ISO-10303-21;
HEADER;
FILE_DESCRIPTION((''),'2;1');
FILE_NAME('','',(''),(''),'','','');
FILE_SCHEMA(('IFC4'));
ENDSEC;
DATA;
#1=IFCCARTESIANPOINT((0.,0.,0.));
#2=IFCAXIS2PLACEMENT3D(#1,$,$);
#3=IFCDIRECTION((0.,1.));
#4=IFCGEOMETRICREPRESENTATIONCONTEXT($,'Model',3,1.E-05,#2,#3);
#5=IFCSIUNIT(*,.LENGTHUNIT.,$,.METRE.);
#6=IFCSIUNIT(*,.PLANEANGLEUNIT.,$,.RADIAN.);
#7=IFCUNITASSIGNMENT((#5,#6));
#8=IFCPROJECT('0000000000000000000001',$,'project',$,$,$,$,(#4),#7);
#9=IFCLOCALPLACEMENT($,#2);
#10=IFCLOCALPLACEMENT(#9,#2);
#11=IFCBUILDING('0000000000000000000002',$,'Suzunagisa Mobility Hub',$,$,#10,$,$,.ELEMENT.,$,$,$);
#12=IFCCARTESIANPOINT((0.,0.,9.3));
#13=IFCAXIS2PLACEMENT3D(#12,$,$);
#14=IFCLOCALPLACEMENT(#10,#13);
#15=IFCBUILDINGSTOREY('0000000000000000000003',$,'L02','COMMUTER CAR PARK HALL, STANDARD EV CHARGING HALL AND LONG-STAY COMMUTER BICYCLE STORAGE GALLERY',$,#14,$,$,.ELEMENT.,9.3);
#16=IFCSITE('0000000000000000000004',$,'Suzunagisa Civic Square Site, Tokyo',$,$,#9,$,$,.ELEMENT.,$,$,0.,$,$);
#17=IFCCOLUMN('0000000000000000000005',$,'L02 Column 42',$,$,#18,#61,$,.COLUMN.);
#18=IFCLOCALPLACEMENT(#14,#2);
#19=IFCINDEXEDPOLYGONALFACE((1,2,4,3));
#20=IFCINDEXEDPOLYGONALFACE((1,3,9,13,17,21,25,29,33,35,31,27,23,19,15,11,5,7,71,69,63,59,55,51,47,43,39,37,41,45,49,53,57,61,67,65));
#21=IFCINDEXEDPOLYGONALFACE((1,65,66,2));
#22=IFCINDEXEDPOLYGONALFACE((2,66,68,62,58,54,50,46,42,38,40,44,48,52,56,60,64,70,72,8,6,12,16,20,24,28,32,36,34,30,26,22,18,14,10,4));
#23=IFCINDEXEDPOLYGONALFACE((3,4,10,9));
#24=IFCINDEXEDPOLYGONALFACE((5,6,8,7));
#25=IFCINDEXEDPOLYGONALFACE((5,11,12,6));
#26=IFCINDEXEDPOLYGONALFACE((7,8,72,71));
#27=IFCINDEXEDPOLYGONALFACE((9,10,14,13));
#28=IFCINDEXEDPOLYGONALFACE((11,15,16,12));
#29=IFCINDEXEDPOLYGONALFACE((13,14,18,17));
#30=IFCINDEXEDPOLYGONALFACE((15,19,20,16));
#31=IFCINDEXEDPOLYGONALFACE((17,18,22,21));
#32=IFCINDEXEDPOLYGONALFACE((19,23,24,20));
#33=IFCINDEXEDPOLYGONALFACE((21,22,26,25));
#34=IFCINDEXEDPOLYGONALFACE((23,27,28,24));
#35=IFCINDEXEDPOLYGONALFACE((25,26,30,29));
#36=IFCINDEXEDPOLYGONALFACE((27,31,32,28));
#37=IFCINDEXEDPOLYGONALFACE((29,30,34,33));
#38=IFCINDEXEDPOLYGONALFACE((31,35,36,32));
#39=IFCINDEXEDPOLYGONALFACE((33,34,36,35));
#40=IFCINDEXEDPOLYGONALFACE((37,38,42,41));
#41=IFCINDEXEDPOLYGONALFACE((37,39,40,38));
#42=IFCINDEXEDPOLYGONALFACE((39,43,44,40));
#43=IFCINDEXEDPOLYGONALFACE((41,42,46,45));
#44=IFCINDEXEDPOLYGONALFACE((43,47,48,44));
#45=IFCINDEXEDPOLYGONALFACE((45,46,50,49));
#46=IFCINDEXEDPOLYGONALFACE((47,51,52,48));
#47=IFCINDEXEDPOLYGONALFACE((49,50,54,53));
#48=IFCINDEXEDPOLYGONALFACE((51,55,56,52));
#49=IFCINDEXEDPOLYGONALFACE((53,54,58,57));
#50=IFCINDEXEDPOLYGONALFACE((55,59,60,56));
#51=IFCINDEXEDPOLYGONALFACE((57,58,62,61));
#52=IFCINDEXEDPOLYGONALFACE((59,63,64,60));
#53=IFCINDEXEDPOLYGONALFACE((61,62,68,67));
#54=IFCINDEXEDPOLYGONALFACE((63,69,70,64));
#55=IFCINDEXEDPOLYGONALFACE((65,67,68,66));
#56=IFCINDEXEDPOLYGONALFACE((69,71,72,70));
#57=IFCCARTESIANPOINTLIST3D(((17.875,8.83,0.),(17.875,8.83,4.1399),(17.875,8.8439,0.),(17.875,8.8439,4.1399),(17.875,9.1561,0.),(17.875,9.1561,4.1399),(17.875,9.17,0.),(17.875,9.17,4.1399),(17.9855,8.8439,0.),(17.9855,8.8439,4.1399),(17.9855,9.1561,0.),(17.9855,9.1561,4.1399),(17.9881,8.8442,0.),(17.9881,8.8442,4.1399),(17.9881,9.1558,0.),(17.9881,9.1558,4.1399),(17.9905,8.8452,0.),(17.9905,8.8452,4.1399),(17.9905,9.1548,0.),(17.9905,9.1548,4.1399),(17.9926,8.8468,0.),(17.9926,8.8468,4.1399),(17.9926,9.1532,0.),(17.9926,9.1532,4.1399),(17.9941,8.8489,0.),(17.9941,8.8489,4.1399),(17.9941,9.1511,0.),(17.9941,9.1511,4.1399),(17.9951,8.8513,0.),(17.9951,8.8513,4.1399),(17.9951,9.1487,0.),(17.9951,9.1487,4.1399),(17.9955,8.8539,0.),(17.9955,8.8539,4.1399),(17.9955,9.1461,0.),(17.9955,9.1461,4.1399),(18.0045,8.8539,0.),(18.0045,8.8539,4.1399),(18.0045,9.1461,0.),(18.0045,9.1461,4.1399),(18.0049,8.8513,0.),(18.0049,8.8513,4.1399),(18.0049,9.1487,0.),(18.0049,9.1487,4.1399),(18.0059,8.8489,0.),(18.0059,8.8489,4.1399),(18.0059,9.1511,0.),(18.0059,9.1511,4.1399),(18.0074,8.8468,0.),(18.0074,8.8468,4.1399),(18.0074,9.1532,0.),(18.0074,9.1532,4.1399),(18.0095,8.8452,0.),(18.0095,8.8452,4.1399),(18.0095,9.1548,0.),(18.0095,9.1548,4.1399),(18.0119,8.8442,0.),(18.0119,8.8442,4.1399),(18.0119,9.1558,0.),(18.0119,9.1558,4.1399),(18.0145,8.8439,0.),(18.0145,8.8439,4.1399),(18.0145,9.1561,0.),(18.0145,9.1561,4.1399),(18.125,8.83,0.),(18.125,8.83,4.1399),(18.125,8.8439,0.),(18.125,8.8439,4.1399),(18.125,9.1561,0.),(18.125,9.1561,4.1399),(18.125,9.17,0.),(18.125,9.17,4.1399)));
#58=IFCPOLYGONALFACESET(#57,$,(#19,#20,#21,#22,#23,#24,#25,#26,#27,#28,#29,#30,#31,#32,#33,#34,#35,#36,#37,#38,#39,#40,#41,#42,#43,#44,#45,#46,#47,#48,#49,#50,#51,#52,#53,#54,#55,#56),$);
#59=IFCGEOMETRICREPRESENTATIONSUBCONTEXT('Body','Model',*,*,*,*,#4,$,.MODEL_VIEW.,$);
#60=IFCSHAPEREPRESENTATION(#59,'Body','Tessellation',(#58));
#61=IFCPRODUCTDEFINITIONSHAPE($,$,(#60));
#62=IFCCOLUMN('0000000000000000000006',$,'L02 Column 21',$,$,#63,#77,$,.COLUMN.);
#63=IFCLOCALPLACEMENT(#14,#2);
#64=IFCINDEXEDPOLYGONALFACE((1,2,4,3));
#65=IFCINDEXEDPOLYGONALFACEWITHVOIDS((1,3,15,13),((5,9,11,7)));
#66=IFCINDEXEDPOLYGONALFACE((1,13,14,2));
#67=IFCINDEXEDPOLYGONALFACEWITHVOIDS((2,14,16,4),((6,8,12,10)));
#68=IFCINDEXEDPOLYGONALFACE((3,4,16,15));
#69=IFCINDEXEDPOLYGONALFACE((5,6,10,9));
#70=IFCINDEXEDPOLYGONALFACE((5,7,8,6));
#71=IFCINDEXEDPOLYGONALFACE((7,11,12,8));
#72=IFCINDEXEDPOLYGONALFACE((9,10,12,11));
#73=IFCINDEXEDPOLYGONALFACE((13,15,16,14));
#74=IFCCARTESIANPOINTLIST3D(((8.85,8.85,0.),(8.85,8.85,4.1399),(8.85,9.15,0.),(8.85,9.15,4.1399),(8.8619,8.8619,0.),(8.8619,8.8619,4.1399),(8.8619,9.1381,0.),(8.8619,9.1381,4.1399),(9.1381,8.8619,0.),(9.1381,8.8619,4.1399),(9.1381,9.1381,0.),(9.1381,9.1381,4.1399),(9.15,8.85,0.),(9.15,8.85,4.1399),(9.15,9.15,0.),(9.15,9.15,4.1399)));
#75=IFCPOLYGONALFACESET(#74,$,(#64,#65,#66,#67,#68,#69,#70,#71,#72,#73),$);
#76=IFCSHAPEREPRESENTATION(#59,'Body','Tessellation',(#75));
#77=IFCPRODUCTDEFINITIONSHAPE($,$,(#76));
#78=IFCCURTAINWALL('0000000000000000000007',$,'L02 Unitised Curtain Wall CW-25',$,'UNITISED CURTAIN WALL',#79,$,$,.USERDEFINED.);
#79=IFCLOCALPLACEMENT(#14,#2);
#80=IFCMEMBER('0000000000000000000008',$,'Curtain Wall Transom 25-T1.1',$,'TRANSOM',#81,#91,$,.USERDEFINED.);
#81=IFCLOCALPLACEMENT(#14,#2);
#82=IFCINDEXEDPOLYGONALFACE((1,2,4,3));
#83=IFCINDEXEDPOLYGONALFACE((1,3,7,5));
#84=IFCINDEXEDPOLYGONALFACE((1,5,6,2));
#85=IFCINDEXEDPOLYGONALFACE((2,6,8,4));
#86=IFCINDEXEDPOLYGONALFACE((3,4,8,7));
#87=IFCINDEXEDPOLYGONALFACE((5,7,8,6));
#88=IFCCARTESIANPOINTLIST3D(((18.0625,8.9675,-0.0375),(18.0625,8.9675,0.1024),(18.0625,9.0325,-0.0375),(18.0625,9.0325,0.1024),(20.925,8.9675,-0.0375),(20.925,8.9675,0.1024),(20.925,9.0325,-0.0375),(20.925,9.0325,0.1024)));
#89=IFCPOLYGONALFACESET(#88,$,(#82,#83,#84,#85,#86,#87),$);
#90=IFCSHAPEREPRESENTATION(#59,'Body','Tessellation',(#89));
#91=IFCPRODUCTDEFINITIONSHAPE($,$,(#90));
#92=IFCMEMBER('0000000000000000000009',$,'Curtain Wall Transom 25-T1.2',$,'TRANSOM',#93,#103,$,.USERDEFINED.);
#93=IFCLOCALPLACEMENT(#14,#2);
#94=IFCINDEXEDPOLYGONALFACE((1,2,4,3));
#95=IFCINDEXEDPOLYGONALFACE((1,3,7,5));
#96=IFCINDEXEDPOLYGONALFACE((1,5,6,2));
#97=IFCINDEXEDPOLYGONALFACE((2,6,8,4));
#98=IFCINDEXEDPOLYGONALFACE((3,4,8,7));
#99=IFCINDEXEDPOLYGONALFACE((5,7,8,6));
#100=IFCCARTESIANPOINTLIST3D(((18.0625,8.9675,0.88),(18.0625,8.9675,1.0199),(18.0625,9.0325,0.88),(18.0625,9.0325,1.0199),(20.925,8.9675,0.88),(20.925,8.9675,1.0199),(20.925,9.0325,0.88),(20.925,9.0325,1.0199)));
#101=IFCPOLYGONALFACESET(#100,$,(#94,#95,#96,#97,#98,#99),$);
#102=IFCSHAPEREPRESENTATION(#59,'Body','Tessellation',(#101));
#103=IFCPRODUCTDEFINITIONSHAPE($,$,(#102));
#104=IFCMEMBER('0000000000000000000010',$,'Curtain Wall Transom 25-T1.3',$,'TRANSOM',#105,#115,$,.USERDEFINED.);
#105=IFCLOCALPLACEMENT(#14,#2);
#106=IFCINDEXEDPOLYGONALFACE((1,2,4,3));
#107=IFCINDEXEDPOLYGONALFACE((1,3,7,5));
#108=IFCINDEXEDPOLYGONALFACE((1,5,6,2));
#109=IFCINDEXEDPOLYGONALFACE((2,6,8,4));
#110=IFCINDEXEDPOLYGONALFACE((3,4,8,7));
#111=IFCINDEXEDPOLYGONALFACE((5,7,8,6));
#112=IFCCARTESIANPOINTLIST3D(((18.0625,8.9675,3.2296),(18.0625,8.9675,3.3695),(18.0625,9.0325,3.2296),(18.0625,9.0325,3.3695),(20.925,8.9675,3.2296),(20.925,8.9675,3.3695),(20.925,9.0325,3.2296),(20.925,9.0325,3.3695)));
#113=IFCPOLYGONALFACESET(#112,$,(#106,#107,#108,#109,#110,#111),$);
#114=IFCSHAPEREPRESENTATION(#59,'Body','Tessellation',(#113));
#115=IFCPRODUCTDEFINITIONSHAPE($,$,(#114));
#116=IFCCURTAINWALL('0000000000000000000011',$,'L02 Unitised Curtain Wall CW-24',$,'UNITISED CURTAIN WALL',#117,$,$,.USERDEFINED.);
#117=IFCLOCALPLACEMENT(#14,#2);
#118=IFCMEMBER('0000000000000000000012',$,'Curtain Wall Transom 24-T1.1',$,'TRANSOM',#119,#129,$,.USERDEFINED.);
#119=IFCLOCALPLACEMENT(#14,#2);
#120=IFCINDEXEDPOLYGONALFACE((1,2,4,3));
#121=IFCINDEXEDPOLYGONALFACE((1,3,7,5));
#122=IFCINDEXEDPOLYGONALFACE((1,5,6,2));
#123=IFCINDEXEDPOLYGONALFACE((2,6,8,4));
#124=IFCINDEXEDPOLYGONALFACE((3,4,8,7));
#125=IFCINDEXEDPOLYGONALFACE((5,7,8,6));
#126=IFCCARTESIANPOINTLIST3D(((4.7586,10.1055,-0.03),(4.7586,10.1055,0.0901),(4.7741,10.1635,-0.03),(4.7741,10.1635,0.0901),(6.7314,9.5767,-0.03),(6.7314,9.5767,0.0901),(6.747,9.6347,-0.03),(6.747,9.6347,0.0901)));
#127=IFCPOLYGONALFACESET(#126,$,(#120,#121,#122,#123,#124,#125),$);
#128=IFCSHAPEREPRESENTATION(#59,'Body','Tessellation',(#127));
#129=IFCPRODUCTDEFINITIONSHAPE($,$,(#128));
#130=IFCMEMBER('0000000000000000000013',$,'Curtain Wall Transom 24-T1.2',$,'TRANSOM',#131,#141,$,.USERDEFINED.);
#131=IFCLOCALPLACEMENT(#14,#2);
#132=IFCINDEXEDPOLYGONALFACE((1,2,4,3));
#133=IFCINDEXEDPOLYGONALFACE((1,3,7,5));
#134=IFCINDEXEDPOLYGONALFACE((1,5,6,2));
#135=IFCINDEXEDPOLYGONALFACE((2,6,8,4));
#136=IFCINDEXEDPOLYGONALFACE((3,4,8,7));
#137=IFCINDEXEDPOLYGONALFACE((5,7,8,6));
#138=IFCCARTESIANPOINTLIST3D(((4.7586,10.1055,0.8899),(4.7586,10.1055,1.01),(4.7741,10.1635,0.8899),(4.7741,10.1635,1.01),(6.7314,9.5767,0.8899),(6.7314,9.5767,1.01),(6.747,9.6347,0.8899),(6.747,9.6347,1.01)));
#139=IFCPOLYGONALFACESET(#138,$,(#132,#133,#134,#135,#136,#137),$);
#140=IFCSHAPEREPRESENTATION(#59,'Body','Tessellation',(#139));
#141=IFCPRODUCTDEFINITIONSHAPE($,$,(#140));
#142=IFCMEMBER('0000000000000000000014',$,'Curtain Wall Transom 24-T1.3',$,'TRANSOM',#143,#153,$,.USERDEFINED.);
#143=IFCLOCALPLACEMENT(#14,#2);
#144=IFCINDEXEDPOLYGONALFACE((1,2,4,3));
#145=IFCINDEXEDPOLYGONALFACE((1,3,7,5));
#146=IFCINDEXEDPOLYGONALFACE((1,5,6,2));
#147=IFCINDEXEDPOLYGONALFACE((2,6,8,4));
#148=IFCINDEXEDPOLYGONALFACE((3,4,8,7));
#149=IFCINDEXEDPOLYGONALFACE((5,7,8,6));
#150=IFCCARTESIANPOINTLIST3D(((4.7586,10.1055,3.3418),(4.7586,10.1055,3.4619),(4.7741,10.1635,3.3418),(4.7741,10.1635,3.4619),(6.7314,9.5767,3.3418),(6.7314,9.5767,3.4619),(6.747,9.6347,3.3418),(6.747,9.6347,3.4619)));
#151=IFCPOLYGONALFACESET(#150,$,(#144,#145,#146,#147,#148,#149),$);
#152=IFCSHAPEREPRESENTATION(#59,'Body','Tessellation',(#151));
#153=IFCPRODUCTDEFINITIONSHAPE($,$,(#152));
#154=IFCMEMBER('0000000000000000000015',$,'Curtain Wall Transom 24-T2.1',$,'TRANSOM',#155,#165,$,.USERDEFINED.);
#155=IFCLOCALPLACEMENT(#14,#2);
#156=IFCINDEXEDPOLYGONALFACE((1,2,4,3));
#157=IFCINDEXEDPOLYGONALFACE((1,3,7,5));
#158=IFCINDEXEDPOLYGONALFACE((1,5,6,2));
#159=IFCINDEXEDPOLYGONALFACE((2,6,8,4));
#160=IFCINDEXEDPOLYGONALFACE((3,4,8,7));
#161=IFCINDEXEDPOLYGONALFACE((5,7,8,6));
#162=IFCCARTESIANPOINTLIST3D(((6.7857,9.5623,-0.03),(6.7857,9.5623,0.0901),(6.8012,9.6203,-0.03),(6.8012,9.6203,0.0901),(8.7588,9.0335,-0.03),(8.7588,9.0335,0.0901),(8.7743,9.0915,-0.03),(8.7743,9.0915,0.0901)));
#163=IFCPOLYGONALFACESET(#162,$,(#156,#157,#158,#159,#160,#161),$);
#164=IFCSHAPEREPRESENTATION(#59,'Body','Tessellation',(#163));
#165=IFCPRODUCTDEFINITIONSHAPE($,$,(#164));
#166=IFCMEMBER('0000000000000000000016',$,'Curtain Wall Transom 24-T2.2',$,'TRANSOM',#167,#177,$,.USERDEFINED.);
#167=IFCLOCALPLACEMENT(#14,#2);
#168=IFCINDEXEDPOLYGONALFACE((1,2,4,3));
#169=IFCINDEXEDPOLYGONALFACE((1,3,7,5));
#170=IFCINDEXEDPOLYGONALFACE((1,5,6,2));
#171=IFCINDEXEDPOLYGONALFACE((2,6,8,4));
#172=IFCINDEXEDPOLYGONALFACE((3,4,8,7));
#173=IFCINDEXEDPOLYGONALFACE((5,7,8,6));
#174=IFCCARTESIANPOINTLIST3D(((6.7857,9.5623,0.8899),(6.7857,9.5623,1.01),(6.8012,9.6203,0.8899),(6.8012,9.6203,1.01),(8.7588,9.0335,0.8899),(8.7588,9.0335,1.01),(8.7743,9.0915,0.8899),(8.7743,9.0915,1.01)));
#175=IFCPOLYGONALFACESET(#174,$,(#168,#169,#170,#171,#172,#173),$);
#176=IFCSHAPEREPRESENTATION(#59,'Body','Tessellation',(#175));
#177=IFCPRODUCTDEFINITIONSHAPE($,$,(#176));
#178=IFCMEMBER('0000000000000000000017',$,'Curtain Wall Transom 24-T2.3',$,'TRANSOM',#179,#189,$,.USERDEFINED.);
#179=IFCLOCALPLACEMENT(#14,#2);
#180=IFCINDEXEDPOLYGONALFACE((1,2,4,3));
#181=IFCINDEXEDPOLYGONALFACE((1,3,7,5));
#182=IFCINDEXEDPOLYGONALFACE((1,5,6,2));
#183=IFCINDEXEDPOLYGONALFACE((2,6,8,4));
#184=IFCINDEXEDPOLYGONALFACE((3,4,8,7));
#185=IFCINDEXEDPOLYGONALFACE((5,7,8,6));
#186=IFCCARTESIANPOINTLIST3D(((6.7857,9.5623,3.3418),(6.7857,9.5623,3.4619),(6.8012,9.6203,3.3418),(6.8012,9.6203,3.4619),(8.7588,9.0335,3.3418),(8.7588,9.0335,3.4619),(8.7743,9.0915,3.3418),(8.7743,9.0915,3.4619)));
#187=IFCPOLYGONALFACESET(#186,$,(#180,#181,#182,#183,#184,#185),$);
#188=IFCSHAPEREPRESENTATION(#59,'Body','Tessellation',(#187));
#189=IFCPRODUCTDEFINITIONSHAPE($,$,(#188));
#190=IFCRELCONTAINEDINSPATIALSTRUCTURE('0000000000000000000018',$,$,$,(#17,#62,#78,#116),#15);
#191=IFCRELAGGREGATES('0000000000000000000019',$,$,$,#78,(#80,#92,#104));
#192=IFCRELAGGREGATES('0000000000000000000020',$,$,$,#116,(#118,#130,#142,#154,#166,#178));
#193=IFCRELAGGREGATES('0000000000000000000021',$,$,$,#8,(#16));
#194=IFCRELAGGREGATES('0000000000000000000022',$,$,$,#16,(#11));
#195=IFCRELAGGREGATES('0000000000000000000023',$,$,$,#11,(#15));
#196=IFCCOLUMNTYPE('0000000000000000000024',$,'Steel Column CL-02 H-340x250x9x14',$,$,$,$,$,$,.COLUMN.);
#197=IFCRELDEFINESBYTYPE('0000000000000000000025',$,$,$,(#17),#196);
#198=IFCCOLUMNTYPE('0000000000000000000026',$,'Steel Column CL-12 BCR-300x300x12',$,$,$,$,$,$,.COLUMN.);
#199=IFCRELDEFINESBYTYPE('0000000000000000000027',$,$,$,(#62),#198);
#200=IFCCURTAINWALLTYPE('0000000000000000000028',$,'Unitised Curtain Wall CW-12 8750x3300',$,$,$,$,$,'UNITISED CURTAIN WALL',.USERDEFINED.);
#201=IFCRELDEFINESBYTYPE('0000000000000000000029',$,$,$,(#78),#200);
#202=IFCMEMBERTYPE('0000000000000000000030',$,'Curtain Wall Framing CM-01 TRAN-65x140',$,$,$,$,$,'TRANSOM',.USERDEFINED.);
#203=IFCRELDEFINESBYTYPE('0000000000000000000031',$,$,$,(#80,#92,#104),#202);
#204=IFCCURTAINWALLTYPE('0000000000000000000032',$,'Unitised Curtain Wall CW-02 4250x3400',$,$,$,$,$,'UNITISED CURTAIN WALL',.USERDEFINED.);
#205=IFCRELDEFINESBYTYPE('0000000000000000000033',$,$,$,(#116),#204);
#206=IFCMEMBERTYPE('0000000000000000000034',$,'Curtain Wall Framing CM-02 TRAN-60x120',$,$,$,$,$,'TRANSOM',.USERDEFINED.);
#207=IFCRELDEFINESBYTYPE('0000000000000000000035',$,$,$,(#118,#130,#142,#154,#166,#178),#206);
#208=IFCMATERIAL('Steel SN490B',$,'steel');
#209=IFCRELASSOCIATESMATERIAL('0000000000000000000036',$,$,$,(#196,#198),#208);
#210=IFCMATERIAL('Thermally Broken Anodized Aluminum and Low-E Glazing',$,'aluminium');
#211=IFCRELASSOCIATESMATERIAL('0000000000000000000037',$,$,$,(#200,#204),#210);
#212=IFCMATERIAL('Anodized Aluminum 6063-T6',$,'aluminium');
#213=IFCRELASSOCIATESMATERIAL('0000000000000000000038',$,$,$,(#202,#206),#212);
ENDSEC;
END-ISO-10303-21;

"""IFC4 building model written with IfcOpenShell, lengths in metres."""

from ifc_helpers import new_model, si_unit, direction, frame, origin, origin_2d, place, context, subcontext, project, spatial, rectangle, hollow_rectangle, i_section, extrude, material, material_profile, profile_set, type_object, element, aggregate, save


model = new_model("IFC4")

# Units and contexts
model_context = context("Model", 3, precision=1e-05, world=origin(), true_north=direction((0.0, 1.0)))
body_context = subcontext(model_context, "Body", "Model", "MODEL_VIEW")
ifc_project = project(units=[si_unit("LENGTHUNIT", "METRE"), si_unit("PLANEANGLEUNIT", "RADIAN")], contexts=[model_context])

# Site, building, storey
site_placement = place(None, origin())
site = spatial("IfcSite", under=ifc_project, at=site_placement, Name="Suzunagisa Civic Square Site, Tokyo", CompositionType="ELEMENT", RefElevation=0.0)
building_placement = place(site_placement, origin())
building = spatial("IfcBuilding", under=site, at=building_placement, Name="Suzunagisa Mobility Hub", CompositionType="ELEMENT")
storey_placement = place(building_placement, frame((0.0, 0.0, 9.3)))
storey = spatial("IfcBuildingStorey", under=building, at=storey_placement, Name="L02", Description="COMMUTER CAR PARK HALL, STANDARD EV CHARGING HALL AND LONG-STAY COMMUTER BICYCLE STORAGE GALLERY", CompositionType="ELEMENT", Elevation=9.3)

# Columns
ifc_material_1 = material(Name="Steel SN490B", Category="steel")
ifc_material_profile_1 = material_profile(ifc_material_1, i_section(OverallWidth=0.25, OverallDepth=0.3401, WebThickness=0.009, FlangeThickness=0.0139, FilletRadius=0.01, at=origin_2d()), Name="H-340x250x9x14")
ifc_profile_set_1 = profile_set([ifc_material_profile_1], Name="Steel SN490B")
column_type_1 = type_object("IfcColumnType", Name="Steel Column CL-02 H-340x250x9x14", PredefinedType="COLUMN", material=ifc_profile_set_1)
column_1_placement = place(storey_placement, frame((18.0, 9.0, 0.0), z_axis=(0.0, 0.0, 1.0), x_axis=(1.0, 0.0, 0.0)))
element("IfcColumn", 1, at=column_1_placement, inside=storey, type_object=column_type_1, Name="L02 Column 42", PredefinedType="COLUMN", context=body_context, shape_type="SweptSolid", body=[
    extrude(i_section(OverallWidth=0.25, OverallDepth=0.3401, WebThickness=0.009, FlangeThickness=0.0139, FilletRadius=0.01, at=origin_2d()), origin(), (0.0, 0.0, 1.0), 4.1399),
])
ifc_material_profile_2 = material_profile(ifc_material_1, hollow_rectangle(XDim=0.3, YDim=0.3, WallThickness=0.012, at=origin_2d()), Name="BCR-300x300x12")
ifc_profile_set_2 = profile_set([ifc_material_profile_2], Name="Steel SN490B")
column_type_2 = type_object("IfcColumnType", Name="Steel Column CL-12 BCR-300x300x12", PredefinedType="COLUMN", material=ifc_profile_set_2)
column_2_placement = place(storey_placement, frame((9.0, 9.0, 0.0), z_axis=(0.0, 0.0, 1.0), x_axis=(1.0, 0.0, 0.0)))
element("IfcColumn", 2, at=column_2_placement, inside=storey, type_object=column_type_2, Name="L02 Column 21", PredefinedType="COLUMN", context=body_context, shape_type="SweptSolid", body=[
    extrude(hollow_rectangle(XDim=0.3, YDim=0.3, WallThickness=0.012, at=origin_2d()), origin(), (0.0, 0.0, 1.0), 4.1399),
])

# Curtain walls, members
ifc_material_2 = material(Name="Thermally Broken Anodized Aluminum and Low-E Glazing", Category="aluminium")
curtain_wall_type_1 = type_object("IfcCurtainWallType", Name="Unitised Curtain Wall CW-12 8750x3300", ElementType="UNITISED CURTAIN WALL", PredefinedType="USERDEFINED", material=ifc_material_2)
curtain_wall_1_placement = place(storey_placement, origin())
curtain_wall_1 = element("IfcCurtainWall", 3, at=curtain_wall_1_placement, inside=storey, type_object=curtain_wall_type_1, Name="L02 Unitised Curtain Wall CW-25", ObjectType="UNITISED CURTAIN WALL", PredefinedType="USERDEFINED")
ifc_material_3 = material(Name="Anodized Aluminum 6063-T6", Category="aluminium")
ifc_material_profile_3 = material_profile(ifc_material_3, rectangle(XDim=0.0649, YDim=0.1399, at=origin_2d()), Name="TRAN-65x140")
ifc_profile_set_3 = profile_set([ifc_material_profile_3], Name="Anodized Aluminum 6063-T6")
member_type_1 = type_object("IfcMemberType", Name="Curtain Wall Framing CM-01 TRAN-65x140", ElementType="TRANSOM", PredefinedType="USERDEFINED", material=ifc_profile_set_3)
member_1_placement = place(storey_placement, frame((18.0625, 9.0, 0.0325), z_axis=(1.0, 0.0, 0.0), x_axis=(0.0, 1.0, 0.0)))
member_1 = element("IfcMember", 4, at=member_1_placement, type_object=member_type_1, Name="Curtain Wall Transom 25-T1.1", ObjectType="TRANSOM", PredefinedType="USERDEFINED", context=body_context, shape_type="SweptSolid", body=[
    extrude(rectangle(XDim=0.0649, YDim=0.1399, at=origin_2d()), origin(), (0.0, 0.0, 1.0), 2.8625),
])
member_2_placement = place(storey_placement, frame((18.0625, 9.0, 0.95), z_axis=(1.0, 0.0, 0.0), x_axis=(0.0, 1.0, 0.0)))
member_2 = element("IfcMember", 5, at=member_2_placement, type_object=member_type_1, Name="Curtain Wall Transom 25-T1.2", ObjectType="TRANSOM", PredefinedType="USERDEFINED", context=body_context, shape_type="SweptSolid", body=[
    extrude(rectangle(XDim=0.0649, YDim=0.1399, at=origin_2d()), origin(), (0.0, 0.0, 1.0), 2.8625),
])
member_3_placement = place(storey_placement, frame((18.0625, 9.0, 3.2996), z_axis=(1.0, 0.0, 0.0), x_axis=(0.0, 1.0, 0.0)))
member_3 = element("IfcMember", 6, at=member_3_placement, type_object=member_type_1, Name="Curtain Wall Transom 25-T1.3", ObjectType="TRANSOM", PredefinedType="USERDEFINED", context=body_context, shape_type="SweptSolid", body=[
    extrude(rectangle(XDim=0.0649, YDim=0.1399, at=origin_2d()), origin(), (0.0, 0.0, 1.0), 2.8625),
])
curtain_wall_type_2 = type_object("IfcCurtainWallType", Name="Unitised Curtain Wall CW-02 4250x3400", ElementType="UNITISED CURTAIN WALL", PredefinedType="USERDEFINED", material=ifc_material_2)
curtain_wall_2_placement = place(storey_placement, origin())
curtain_wall_2 = element("IfcCurtainWall", 7, at=curtain_wall_2_placement, inside=storey, type_object=curtain_wall_type_2, Name="L02 Unitised Curtain Wall CW-24", ObjectType="UNITISED CURTAIN WALL", PredefinedType="USERDEFINED")
ifc_material_profile_4 = material_profile(ifc_material_3, rectangle(XDim=0.0601, YDim=0.1201, at=origin_2d()), Name="TRAN-60x120")
ifc_profile_set_4 = profile_set([ifc_material_profile_4], Name="Anodized Aluminum 6063-T6")
member_type_2 = type_object("IfcMemberType", Name="Curtain Wall Framing CM-02 TRAN-60x120", ElementType="TRANSOM", PredefinedType="USERDEFINED", material=ifc_profile_set_4)
member_4_placement = place(storey_placement, frame((4.7664, 10.1345, 0.03), z_axis=(0.965905, -0.258897, 0.0), x_axis=(0.258897, 0.965905, 0.0)))
member_4 = element("IfcMember", 8, at=member_4_placement, type_object=member_type_2, Name="Curtain Wall Transom 24-T1.1", ObjectType="TRANSOM", PredefinedType="USERDEFINED", context=body_context, shape_type="SweptSolid", body=[
    extrude(rectangle(XDim=0.0601, YDim=0.1201, at=origin_2d()), origin(), (0.0, 0.0, 1.0), 2.0425),
])
member_5_placement = place(storey_placement, frame((4.7664, 10.1345, 0.95), z_axis=(0.965905, -0.258897, 0.0), x_axis=(0.258897, 0.965905, 0.0)))
member_5 = element("IfcMember", 9, at=member_5_placement, type_object=member_type_2, Name="Curtain Wall Transom 24-T1.2", ObjectType="TRANSOM", PredefinedType="USERDEFINED", context=body_context, shape_type="SweptSolid", body=[
    extrude(rectangle(XDim=0.0601, YDim=0.1201, at=origin_2d()), origin(), (0.0, 0.0, 1.0), 2.0425),
])
member_6_placement = place(storey_placement, frame((4.7664, 10.1345, 3.4019), z_axis=(0.965905, -0.258897, 0.0), x_axis=(0.258897, 0.965905, 0.0)))
member_6 = element("IfcMember", 10, at=member_6_placement, type_object=member_type_2, Name="Curtain Wall Transom 24-T1.3", ObjectType="TRANSOM", PredefinedType="USERDEFINED", context=body_context, shape_type="SweptSolid", body=[
    extrude(rectangle(XDim=0.0601, YDim=0.1201, at=origin_2d()), origin(), (0.0, 0.0, 1.0), 2.0425),
])
member_7_placement = place(storey_placement, frame((6.7935, 9.5913, 0.03), z_axis=(0.965913, -0.258868, 0.0), x_axis=(0.258868, 0.965913, 0.0)))
member_7 = element("IfcMember", 11, at=member_7_placement, type_object=member_type_2, Name="Curtain Wall Transom 24-T2.1", ObjectType="TRANSOM", PredefinedType="USERDEFINED", context=body_context, shape_type="SweptSolid", body=[
    extrude(rectangle(XDim=0.0601, YDim=0.1201, at=origin_2d()), origin(), (0.0, 0.0, 1.0), 2.0427),
])
member_8_placement = place(storey_placement, frame((6.7935, 9.5913, 0.95), z_axis=(0.965913, -0.258868, 0.0), x_axis=(0.258868, 0.965913, 0.0)))
member_8 = element("IfcMember", 12, at=member_8_placement, type_object=member_type_2, Name="Curtain Wall Transom 24-T2.2", ObjectType="TRANSOM", PredefinedType="USERDEFINED", context=body_context, shape_type="SweptSolid", body=[
    extrude(rectangle(XDim=0.0601, YDim=0.1201, at=origin_2d()), origin(), (0.0, 0.0, 1.0), 2.0427),
])
member_9_placement = place(storey_placement, frame((6.7935, 9.5913, 3.4019), z_axis=(0.965913, -0.258868, 0.0), x_axis=(0.258868, 0.965913, 0.0)))
member_9 = element("IfcMember", 13, at=member_9_placement, type_object=member_type_2, Name="Curtain Wall Transom 24-T2.3", ObjectType="TRANSOM", PredefinedType="USERDEFINED", context=body_context, shape_type="SweptSolid", body=[
    extrude(rectangle(XDim=0.0601, YDim=0.1201, at=origin_2d()), origin(), (0.0, 0.0, 1.0), 2.0427),
])

aggregate(curtain_wall_1, [member_1, member_2, member_3])

aggregate(curtain_wall_2, [member_4, member_5, member_6, member_7, member_8, member_9])

save(model, "model.ifc")
